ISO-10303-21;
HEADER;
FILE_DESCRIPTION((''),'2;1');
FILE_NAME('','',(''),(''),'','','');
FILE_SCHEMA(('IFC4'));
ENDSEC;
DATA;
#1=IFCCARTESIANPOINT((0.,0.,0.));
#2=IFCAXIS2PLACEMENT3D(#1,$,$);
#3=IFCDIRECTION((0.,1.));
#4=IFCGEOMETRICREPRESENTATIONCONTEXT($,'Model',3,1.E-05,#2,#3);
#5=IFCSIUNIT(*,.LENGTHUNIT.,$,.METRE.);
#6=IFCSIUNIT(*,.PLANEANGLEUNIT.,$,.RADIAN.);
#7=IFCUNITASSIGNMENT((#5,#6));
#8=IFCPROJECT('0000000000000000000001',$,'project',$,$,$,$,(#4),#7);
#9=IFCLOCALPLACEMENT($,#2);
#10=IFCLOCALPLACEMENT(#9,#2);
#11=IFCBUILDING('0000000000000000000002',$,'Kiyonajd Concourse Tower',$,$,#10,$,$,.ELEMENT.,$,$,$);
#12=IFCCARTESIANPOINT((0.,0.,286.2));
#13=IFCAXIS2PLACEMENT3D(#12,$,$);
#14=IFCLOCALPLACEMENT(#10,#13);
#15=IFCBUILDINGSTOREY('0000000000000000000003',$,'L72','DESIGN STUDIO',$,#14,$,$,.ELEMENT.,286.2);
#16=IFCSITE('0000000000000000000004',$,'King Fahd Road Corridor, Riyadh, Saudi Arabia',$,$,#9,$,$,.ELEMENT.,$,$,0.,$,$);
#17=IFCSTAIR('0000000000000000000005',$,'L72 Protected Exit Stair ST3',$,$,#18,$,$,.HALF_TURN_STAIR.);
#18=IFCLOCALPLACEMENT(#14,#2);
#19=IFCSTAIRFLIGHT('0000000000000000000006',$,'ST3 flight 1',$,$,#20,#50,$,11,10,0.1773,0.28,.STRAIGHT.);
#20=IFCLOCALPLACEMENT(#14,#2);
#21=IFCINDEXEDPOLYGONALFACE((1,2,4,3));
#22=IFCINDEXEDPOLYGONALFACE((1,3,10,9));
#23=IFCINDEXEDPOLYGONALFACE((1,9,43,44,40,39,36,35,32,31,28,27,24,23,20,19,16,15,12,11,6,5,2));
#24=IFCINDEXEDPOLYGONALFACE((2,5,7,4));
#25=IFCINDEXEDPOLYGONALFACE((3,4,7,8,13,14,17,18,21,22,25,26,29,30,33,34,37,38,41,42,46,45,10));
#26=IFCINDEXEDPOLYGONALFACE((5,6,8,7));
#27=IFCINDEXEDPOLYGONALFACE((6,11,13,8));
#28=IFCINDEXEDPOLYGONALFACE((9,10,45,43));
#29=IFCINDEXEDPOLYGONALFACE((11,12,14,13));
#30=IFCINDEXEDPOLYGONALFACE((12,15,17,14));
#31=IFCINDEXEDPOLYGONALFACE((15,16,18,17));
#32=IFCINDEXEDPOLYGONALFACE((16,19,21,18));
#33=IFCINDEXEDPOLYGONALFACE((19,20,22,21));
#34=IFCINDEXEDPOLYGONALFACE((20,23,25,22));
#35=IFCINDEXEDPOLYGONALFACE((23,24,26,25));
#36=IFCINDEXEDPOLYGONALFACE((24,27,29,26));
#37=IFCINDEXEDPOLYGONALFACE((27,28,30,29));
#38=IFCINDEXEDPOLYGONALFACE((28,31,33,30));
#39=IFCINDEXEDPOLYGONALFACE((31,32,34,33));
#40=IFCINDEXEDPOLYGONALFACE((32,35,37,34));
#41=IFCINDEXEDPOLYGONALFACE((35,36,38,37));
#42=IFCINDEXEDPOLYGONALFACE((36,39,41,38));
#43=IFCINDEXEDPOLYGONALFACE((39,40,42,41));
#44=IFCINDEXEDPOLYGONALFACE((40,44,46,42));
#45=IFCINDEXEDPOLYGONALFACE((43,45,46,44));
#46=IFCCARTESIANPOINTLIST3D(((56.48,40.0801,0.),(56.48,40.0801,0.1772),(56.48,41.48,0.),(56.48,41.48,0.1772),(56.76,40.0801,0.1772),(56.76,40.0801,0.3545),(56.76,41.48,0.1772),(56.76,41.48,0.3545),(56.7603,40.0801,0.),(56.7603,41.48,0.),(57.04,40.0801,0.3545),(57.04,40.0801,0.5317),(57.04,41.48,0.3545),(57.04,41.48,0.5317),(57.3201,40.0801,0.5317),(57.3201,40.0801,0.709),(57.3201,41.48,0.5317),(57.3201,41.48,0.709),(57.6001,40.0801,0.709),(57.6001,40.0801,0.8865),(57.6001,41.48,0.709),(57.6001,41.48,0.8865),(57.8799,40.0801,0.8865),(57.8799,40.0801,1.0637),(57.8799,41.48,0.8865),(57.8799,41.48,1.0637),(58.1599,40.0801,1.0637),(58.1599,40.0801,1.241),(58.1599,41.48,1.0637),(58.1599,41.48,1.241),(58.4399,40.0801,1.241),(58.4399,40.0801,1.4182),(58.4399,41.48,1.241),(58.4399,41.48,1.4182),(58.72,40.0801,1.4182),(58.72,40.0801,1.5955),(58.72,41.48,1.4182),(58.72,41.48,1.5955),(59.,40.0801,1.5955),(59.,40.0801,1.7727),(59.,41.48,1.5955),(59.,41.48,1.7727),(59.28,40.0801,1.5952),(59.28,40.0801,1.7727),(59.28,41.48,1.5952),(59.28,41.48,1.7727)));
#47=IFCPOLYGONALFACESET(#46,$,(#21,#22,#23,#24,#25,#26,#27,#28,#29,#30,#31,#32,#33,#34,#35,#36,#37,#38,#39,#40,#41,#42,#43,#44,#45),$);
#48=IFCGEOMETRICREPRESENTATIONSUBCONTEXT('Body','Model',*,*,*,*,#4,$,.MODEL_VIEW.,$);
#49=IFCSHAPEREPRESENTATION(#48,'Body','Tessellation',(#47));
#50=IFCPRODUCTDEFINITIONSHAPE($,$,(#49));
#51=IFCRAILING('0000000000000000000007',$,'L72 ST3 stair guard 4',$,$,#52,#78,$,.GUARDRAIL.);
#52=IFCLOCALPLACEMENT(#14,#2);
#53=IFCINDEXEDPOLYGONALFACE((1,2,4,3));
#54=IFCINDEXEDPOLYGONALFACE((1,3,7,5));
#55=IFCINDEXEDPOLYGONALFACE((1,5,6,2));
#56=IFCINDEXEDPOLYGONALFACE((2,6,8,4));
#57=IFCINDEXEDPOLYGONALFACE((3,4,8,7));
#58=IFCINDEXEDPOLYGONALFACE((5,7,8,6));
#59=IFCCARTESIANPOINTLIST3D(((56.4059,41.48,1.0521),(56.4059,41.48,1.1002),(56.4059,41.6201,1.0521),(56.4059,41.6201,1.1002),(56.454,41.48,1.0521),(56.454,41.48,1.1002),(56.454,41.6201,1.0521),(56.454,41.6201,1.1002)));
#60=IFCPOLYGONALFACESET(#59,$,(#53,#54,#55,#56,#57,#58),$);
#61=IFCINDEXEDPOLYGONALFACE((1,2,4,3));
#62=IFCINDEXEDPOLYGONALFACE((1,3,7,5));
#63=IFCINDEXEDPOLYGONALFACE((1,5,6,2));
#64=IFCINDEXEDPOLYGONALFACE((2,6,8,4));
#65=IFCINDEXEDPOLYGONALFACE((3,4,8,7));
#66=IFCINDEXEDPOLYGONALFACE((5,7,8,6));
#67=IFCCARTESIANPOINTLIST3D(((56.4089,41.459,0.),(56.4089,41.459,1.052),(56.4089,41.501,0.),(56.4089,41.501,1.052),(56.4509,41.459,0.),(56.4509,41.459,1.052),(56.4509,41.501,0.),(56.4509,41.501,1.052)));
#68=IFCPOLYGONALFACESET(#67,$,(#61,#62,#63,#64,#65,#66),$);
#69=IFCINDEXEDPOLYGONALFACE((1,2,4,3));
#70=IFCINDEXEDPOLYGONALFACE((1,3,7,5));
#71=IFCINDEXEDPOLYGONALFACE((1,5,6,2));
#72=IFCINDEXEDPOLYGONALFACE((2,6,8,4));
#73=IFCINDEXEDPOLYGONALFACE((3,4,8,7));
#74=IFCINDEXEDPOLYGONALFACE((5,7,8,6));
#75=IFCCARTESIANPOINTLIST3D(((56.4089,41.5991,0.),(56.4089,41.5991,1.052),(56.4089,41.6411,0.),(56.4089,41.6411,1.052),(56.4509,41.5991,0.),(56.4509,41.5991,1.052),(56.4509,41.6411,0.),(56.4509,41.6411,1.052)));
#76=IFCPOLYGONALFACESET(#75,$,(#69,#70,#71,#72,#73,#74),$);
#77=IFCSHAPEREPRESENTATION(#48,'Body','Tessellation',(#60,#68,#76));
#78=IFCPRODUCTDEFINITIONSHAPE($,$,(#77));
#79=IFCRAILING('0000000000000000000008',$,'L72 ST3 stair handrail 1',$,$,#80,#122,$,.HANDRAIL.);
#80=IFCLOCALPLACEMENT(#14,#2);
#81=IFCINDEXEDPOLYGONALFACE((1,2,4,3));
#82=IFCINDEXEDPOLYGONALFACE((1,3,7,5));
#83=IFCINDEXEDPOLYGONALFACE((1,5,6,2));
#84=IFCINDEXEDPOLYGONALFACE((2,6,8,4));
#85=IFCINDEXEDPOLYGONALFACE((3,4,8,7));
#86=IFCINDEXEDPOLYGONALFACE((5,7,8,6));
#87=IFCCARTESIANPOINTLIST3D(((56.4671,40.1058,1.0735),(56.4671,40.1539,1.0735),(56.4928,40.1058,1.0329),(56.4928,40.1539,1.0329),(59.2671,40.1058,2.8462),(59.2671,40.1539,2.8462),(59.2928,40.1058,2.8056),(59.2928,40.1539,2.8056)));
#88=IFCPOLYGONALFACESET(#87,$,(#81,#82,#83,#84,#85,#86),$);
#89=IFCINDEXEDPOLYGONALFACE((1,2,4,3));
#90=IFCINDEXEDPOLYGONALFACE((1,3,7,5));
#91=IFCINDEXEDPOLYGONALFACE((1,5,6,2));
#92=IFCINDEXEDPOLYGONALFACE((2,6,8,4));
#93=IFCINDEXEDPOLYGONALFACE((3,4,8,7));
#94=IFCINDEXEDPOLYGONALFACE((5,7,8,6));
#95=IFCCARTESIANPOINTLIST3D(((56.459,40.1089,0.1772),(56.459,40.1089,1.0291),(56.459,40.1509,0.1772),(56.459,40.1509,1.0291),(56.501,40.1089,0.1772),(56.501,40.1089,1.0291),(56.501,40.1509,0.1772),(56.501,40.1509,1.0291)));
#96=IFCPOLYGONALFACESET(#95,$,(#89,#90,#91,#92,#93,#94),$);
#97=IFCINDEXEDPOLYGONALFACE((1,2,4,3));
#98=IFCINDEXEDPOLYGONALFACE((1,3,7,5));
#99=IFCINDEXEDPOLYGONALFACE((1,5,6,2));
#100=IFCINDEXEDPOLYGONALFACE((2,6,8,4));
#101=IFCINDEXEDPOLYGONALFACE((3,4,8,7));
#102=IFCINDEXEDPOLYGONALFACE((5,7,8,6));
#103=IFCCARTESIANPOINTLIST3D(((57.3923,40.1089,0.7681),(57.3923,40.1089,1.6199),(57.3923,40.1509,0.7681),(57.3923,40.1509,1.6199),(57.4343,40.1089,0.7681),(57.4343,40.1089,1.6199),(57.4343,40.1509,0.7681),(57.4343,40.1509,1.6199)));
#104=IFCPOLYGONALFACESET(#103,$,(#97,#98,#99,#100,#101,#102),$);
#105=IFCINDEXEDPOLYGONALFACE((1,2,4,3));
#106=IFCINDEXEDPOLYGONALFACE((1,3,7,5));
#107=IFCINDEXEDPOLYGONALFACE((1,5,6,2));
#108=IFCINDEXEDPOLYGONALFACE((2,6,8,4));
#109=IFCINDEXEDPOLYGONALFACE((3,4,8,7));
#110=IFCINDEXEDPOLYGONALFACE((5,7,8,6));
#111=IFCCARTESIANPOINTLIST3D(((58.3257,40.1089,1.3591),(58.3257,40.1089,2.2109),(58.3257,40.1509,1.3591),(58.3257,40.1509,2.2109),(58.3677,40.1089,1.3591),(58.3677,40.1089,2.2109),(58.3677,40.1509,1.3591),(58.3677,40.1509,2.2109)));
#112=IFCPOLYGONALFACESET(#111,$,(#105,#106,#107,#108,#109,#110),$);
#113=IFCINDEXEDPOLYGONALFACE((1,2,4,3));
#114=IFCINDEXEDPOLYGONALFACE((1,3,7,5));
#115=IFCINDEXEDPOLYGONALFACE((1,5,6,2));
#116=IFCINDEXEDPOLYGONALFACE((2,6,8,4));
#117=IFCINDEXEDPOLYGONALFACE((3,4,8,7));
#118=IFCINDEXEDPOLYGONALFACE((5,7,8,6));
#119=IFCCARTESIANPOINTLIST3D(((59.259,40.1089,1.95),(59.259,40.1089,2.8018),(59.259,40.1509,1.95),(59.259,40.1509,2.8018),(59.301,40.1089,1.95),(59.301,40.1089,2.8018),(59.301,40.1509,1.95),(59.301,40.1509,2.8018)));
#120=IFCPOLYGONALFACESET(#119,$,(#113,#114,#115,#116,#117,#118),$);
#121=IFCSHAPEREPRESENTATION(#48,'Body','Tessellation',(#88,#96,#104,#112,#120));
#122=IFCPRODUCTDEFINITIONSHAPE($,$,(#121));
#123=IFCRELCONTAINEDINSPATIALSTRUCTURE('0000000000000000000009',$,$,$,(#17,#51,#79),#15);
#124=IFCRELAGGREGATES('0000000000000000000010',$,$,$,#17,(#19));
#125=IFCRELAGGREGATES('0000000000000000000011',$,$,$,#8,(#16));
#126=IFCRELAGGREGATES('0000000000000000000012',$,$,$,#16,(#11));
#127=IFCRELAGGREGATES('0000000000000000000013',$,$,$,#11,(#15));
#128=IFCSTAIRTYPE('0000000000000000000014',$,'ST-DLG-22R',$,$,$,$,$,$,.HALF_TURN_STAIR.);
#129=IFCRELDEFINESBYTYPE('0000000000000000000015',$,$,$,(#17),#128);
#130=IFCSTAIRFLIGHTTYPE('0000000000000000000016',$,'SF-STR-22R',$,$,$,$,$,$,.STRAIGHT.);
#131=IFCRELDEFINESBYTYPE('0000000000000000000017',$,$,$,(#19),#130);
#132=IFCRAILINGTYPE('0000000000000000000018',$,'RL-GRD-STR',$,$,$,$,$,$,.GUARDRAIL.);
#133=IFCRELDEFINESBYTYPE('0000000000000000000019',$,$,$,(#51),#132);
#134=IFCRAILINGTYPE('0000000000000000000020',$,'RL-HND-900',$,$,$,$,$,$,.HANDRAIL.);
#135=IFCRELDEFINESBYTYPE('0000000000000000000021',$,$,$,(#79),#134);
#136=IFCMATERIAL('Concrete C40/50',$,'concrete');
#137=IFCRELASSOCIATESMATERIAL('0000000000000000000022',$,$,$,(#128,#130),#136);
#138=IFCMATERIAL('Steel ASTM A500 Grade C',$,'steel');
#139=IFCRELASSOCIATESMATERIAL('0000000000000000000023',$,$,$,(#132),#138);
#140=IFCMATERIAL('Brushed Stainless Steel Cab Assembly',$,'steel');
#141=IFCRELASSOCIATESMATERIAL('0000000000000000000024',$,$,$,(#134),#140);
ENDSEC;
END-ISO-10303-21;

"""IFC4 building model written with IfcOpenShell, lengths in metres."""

from ifc_helpers import new_model, si_unit, direction, frame, origin, origin_2d, place, context, subcontext, project, spatial, polyline, rectangle, outline, extrude, material, type_object, element, aggregate, save


model = new_model("IFC4")

# Units and contexts
model_context = context("Model", 3, precision=1e-05, world=origin(), true_north=direction((0.0, 1.0)))
body_context = subcontext(model_context, "Body", "Model", "MODEL_VIEW")
ifc_project = project(units=[si_unit("LENGTHUNIT", "METRE"), si_unit("PLANEANGLEUNIT", "RADIAN")], contexts=[model_context])

# Site, building, storey
site_placement = place(None, origin())
site = spatial("IfcSite", under=ifc_project, at=site_placement, Name="King Fahd Road Corridor, Riyadh, Saudi Arabia", CompositionType="ELEMENT", RefElevation=0.0)
building_placement = place(site_placement, origin())
building = spatial("IfcBuilding", under=site, at=building_placement, Name="Kiyonajd Concourse Tower", CompositionType="ELEMENT")
storey_placement = place(building_placement, frame((0.0, 0.0, 286.2)))
storey = spatial("IfcBuildingStorey", under=building, at=storey_placement, Name="L72", Description="DESIGN STUDIO", CompositionType="ELEMENT", Elevation=286.2)

# Shared definitions
ifc_material_1 = material(Name="Brushed Stainless Steel Cab Assembly", Category="steel")

# Stair, stair flight
ifc_material_2 = material(Name="Concrete C40/50", Category="concrete")
stair_type = type_object("IfcStairType", Name="ST-DLG-22R", PredefinedType="HALF_TURN_STAIR", material=ifc_material_2)
stair_placement = place(storey_placement, origin())
stair = element("IfcStair", 1, at=stair_placement, inside=storey, type_object=stair_type, Name="L72 Protected Exit Stair ST3", PredefinedType="HALF_TURN_STAIR")
stair_flight_type = type_object("IfcStairFlightType", Name="SF-STR-22R", PredefinedType="STRAIGHT", material=ifc_material_2)
stair_flight_placement = place(storey_placement, frame((56.48, 40.78, 0.0), z_axis=(0.0, 0.0, 1.0), x_axis=(1.0, 0.0, 0.0)))
stair_flight = element("IfcStairFlight", 2, at=stair_flight_placement, type_object=stair_flight_type, Name="ST3 flight 1", NumberOfRisers=11, NumberOfTreads=10, PredefinedType="STRAIGHT", RiserHeight=0.1773, TreadLength=0.28, context=body_context, shape_type="SweptSolid", body=[
    extrude(outline(polyline([(0.0, 0.0), (0.0, 0.1772), (0.28, 0.1772), (0.28, 0.3545), (0.5601, 0.3545), (0.5601, 0.5317), (0.8401, 0.5317), (0.8401, 0.709), (1.1201, 0.709), (1.1201, 0.8865), (1.3999, 0.8865), (1.3999, 1.0637), (1.6799, 1.0637), (1.6799, 1.241), (1.96, 1.241), (1.96, 1.4182), (2.24, 1.4182), (2.24, 1.5955), (2.52, 1.5955), (2.52, 1.7727), (2.8, 1.7727), (2.8, 1.95), (2.8, 1.5952), (0.2803, 0.0), (0.0, 0.0)])), frame((0.0, 0.7, 0.0), z_axis=(0.0, -1.0, 0.0), x_axis=(1.0, 0.0, 0.0)), (0.0, 0.0, 1.0), 1.3999),
])
aggregate(stair, [stair_flight])

# Railings
ifc_material_3 = material(Name="Steel ASTM A500 Grade C", Category="steel")
railing_type_1 = type_object("IfcRailingType", Name="RL-GRD-STR", PredefinedType="GUARDRAIL", material=ifc_material_3)
railing_1_placement = place(storey_placement, frame((56.4299, 41.48, 0.0)))
element("IfcRailing", 3, at=railing_1_placement, inside=storey, type_object=railing_type_1, Name="L72 ST3 stair guard 4", PredefinedType="GUARDRAIL", context=body_context, shape_type="SweptSolid", body=[
    extrude(rectangle(XDim=0.0481, YDim=0.0481, at=origin_2d()), frame((0.0, 0.0, 1.0762), z_axis=(0.0, 1.0, 0.0), x_axis=(-1.0, 0.0, 0.0)), (0.0, 0.0, 1.0), 0.1401),
    extrude(rectangle(XDim=0.042, YDim=0.042, at=origin_2d()), origin(), (0.0, 0.0, 1.0), 1.052),
    extrude(rectangle(XDim=0.042, YDim=0.042, at=origin_2d()), frame((0.0, 0.1401, 0.0)), (0.0, 0.0, 1.0), 1.052),
])
railing_type_2 = type_object("IfcRailingType", Name="RL-HND-900", PredefinedType="HANDRAIL", material=ifc_material_1)
railing_2_placement = place(storey_placement, frame((56.48, 40.1299, 0.1772)))
element("IfcRailing", 4, at=railing_2_placement, inside=storey, type_object=railing_type_2, Name="L72 ST3 stair handrail 1", PredefinedType="HANDRAIL", context=body_context, shape_type="SweptSolid", body=[
    extrude(rectangle(XDim=0.0481, YDim=0.0481, at=origin_2d()), frame((0.0, 0.0, 0.876), z_axis=(0.844909, 0.0, 0.53491), x_axis=(0.0, 1.0, 0.0)), (0.0, 0.0, 1.0), 3.314),
    extrude(rectangle(XDim=0.042, YDim=0.042, at=origin_2d()), origin(), (0.0, 0.0, 1.0), 0.8518),
    extrude(rectangle(XDim=0.042, YDim=0.042, at=origin_2d()), frame((0.9333, 0.0, 0.5908)), (0.0, 0.0, 1.0), 0.8518),
    extrude(rectangle(XDim=0.042, YDim=0.042, at=origin_2d()), frame((1.8667, 0.0, 1.1819)), (0.0, 0.0, 1.0), 0.8518),
    extrude(rectangle(XDim=0.042, YDim=0.042, at=origin_2d()), frame((2.8, 0.0, 1.7727)), (0.0, 0.0, 1.0), 0.8518),
])

save(model, "model.ifc")
